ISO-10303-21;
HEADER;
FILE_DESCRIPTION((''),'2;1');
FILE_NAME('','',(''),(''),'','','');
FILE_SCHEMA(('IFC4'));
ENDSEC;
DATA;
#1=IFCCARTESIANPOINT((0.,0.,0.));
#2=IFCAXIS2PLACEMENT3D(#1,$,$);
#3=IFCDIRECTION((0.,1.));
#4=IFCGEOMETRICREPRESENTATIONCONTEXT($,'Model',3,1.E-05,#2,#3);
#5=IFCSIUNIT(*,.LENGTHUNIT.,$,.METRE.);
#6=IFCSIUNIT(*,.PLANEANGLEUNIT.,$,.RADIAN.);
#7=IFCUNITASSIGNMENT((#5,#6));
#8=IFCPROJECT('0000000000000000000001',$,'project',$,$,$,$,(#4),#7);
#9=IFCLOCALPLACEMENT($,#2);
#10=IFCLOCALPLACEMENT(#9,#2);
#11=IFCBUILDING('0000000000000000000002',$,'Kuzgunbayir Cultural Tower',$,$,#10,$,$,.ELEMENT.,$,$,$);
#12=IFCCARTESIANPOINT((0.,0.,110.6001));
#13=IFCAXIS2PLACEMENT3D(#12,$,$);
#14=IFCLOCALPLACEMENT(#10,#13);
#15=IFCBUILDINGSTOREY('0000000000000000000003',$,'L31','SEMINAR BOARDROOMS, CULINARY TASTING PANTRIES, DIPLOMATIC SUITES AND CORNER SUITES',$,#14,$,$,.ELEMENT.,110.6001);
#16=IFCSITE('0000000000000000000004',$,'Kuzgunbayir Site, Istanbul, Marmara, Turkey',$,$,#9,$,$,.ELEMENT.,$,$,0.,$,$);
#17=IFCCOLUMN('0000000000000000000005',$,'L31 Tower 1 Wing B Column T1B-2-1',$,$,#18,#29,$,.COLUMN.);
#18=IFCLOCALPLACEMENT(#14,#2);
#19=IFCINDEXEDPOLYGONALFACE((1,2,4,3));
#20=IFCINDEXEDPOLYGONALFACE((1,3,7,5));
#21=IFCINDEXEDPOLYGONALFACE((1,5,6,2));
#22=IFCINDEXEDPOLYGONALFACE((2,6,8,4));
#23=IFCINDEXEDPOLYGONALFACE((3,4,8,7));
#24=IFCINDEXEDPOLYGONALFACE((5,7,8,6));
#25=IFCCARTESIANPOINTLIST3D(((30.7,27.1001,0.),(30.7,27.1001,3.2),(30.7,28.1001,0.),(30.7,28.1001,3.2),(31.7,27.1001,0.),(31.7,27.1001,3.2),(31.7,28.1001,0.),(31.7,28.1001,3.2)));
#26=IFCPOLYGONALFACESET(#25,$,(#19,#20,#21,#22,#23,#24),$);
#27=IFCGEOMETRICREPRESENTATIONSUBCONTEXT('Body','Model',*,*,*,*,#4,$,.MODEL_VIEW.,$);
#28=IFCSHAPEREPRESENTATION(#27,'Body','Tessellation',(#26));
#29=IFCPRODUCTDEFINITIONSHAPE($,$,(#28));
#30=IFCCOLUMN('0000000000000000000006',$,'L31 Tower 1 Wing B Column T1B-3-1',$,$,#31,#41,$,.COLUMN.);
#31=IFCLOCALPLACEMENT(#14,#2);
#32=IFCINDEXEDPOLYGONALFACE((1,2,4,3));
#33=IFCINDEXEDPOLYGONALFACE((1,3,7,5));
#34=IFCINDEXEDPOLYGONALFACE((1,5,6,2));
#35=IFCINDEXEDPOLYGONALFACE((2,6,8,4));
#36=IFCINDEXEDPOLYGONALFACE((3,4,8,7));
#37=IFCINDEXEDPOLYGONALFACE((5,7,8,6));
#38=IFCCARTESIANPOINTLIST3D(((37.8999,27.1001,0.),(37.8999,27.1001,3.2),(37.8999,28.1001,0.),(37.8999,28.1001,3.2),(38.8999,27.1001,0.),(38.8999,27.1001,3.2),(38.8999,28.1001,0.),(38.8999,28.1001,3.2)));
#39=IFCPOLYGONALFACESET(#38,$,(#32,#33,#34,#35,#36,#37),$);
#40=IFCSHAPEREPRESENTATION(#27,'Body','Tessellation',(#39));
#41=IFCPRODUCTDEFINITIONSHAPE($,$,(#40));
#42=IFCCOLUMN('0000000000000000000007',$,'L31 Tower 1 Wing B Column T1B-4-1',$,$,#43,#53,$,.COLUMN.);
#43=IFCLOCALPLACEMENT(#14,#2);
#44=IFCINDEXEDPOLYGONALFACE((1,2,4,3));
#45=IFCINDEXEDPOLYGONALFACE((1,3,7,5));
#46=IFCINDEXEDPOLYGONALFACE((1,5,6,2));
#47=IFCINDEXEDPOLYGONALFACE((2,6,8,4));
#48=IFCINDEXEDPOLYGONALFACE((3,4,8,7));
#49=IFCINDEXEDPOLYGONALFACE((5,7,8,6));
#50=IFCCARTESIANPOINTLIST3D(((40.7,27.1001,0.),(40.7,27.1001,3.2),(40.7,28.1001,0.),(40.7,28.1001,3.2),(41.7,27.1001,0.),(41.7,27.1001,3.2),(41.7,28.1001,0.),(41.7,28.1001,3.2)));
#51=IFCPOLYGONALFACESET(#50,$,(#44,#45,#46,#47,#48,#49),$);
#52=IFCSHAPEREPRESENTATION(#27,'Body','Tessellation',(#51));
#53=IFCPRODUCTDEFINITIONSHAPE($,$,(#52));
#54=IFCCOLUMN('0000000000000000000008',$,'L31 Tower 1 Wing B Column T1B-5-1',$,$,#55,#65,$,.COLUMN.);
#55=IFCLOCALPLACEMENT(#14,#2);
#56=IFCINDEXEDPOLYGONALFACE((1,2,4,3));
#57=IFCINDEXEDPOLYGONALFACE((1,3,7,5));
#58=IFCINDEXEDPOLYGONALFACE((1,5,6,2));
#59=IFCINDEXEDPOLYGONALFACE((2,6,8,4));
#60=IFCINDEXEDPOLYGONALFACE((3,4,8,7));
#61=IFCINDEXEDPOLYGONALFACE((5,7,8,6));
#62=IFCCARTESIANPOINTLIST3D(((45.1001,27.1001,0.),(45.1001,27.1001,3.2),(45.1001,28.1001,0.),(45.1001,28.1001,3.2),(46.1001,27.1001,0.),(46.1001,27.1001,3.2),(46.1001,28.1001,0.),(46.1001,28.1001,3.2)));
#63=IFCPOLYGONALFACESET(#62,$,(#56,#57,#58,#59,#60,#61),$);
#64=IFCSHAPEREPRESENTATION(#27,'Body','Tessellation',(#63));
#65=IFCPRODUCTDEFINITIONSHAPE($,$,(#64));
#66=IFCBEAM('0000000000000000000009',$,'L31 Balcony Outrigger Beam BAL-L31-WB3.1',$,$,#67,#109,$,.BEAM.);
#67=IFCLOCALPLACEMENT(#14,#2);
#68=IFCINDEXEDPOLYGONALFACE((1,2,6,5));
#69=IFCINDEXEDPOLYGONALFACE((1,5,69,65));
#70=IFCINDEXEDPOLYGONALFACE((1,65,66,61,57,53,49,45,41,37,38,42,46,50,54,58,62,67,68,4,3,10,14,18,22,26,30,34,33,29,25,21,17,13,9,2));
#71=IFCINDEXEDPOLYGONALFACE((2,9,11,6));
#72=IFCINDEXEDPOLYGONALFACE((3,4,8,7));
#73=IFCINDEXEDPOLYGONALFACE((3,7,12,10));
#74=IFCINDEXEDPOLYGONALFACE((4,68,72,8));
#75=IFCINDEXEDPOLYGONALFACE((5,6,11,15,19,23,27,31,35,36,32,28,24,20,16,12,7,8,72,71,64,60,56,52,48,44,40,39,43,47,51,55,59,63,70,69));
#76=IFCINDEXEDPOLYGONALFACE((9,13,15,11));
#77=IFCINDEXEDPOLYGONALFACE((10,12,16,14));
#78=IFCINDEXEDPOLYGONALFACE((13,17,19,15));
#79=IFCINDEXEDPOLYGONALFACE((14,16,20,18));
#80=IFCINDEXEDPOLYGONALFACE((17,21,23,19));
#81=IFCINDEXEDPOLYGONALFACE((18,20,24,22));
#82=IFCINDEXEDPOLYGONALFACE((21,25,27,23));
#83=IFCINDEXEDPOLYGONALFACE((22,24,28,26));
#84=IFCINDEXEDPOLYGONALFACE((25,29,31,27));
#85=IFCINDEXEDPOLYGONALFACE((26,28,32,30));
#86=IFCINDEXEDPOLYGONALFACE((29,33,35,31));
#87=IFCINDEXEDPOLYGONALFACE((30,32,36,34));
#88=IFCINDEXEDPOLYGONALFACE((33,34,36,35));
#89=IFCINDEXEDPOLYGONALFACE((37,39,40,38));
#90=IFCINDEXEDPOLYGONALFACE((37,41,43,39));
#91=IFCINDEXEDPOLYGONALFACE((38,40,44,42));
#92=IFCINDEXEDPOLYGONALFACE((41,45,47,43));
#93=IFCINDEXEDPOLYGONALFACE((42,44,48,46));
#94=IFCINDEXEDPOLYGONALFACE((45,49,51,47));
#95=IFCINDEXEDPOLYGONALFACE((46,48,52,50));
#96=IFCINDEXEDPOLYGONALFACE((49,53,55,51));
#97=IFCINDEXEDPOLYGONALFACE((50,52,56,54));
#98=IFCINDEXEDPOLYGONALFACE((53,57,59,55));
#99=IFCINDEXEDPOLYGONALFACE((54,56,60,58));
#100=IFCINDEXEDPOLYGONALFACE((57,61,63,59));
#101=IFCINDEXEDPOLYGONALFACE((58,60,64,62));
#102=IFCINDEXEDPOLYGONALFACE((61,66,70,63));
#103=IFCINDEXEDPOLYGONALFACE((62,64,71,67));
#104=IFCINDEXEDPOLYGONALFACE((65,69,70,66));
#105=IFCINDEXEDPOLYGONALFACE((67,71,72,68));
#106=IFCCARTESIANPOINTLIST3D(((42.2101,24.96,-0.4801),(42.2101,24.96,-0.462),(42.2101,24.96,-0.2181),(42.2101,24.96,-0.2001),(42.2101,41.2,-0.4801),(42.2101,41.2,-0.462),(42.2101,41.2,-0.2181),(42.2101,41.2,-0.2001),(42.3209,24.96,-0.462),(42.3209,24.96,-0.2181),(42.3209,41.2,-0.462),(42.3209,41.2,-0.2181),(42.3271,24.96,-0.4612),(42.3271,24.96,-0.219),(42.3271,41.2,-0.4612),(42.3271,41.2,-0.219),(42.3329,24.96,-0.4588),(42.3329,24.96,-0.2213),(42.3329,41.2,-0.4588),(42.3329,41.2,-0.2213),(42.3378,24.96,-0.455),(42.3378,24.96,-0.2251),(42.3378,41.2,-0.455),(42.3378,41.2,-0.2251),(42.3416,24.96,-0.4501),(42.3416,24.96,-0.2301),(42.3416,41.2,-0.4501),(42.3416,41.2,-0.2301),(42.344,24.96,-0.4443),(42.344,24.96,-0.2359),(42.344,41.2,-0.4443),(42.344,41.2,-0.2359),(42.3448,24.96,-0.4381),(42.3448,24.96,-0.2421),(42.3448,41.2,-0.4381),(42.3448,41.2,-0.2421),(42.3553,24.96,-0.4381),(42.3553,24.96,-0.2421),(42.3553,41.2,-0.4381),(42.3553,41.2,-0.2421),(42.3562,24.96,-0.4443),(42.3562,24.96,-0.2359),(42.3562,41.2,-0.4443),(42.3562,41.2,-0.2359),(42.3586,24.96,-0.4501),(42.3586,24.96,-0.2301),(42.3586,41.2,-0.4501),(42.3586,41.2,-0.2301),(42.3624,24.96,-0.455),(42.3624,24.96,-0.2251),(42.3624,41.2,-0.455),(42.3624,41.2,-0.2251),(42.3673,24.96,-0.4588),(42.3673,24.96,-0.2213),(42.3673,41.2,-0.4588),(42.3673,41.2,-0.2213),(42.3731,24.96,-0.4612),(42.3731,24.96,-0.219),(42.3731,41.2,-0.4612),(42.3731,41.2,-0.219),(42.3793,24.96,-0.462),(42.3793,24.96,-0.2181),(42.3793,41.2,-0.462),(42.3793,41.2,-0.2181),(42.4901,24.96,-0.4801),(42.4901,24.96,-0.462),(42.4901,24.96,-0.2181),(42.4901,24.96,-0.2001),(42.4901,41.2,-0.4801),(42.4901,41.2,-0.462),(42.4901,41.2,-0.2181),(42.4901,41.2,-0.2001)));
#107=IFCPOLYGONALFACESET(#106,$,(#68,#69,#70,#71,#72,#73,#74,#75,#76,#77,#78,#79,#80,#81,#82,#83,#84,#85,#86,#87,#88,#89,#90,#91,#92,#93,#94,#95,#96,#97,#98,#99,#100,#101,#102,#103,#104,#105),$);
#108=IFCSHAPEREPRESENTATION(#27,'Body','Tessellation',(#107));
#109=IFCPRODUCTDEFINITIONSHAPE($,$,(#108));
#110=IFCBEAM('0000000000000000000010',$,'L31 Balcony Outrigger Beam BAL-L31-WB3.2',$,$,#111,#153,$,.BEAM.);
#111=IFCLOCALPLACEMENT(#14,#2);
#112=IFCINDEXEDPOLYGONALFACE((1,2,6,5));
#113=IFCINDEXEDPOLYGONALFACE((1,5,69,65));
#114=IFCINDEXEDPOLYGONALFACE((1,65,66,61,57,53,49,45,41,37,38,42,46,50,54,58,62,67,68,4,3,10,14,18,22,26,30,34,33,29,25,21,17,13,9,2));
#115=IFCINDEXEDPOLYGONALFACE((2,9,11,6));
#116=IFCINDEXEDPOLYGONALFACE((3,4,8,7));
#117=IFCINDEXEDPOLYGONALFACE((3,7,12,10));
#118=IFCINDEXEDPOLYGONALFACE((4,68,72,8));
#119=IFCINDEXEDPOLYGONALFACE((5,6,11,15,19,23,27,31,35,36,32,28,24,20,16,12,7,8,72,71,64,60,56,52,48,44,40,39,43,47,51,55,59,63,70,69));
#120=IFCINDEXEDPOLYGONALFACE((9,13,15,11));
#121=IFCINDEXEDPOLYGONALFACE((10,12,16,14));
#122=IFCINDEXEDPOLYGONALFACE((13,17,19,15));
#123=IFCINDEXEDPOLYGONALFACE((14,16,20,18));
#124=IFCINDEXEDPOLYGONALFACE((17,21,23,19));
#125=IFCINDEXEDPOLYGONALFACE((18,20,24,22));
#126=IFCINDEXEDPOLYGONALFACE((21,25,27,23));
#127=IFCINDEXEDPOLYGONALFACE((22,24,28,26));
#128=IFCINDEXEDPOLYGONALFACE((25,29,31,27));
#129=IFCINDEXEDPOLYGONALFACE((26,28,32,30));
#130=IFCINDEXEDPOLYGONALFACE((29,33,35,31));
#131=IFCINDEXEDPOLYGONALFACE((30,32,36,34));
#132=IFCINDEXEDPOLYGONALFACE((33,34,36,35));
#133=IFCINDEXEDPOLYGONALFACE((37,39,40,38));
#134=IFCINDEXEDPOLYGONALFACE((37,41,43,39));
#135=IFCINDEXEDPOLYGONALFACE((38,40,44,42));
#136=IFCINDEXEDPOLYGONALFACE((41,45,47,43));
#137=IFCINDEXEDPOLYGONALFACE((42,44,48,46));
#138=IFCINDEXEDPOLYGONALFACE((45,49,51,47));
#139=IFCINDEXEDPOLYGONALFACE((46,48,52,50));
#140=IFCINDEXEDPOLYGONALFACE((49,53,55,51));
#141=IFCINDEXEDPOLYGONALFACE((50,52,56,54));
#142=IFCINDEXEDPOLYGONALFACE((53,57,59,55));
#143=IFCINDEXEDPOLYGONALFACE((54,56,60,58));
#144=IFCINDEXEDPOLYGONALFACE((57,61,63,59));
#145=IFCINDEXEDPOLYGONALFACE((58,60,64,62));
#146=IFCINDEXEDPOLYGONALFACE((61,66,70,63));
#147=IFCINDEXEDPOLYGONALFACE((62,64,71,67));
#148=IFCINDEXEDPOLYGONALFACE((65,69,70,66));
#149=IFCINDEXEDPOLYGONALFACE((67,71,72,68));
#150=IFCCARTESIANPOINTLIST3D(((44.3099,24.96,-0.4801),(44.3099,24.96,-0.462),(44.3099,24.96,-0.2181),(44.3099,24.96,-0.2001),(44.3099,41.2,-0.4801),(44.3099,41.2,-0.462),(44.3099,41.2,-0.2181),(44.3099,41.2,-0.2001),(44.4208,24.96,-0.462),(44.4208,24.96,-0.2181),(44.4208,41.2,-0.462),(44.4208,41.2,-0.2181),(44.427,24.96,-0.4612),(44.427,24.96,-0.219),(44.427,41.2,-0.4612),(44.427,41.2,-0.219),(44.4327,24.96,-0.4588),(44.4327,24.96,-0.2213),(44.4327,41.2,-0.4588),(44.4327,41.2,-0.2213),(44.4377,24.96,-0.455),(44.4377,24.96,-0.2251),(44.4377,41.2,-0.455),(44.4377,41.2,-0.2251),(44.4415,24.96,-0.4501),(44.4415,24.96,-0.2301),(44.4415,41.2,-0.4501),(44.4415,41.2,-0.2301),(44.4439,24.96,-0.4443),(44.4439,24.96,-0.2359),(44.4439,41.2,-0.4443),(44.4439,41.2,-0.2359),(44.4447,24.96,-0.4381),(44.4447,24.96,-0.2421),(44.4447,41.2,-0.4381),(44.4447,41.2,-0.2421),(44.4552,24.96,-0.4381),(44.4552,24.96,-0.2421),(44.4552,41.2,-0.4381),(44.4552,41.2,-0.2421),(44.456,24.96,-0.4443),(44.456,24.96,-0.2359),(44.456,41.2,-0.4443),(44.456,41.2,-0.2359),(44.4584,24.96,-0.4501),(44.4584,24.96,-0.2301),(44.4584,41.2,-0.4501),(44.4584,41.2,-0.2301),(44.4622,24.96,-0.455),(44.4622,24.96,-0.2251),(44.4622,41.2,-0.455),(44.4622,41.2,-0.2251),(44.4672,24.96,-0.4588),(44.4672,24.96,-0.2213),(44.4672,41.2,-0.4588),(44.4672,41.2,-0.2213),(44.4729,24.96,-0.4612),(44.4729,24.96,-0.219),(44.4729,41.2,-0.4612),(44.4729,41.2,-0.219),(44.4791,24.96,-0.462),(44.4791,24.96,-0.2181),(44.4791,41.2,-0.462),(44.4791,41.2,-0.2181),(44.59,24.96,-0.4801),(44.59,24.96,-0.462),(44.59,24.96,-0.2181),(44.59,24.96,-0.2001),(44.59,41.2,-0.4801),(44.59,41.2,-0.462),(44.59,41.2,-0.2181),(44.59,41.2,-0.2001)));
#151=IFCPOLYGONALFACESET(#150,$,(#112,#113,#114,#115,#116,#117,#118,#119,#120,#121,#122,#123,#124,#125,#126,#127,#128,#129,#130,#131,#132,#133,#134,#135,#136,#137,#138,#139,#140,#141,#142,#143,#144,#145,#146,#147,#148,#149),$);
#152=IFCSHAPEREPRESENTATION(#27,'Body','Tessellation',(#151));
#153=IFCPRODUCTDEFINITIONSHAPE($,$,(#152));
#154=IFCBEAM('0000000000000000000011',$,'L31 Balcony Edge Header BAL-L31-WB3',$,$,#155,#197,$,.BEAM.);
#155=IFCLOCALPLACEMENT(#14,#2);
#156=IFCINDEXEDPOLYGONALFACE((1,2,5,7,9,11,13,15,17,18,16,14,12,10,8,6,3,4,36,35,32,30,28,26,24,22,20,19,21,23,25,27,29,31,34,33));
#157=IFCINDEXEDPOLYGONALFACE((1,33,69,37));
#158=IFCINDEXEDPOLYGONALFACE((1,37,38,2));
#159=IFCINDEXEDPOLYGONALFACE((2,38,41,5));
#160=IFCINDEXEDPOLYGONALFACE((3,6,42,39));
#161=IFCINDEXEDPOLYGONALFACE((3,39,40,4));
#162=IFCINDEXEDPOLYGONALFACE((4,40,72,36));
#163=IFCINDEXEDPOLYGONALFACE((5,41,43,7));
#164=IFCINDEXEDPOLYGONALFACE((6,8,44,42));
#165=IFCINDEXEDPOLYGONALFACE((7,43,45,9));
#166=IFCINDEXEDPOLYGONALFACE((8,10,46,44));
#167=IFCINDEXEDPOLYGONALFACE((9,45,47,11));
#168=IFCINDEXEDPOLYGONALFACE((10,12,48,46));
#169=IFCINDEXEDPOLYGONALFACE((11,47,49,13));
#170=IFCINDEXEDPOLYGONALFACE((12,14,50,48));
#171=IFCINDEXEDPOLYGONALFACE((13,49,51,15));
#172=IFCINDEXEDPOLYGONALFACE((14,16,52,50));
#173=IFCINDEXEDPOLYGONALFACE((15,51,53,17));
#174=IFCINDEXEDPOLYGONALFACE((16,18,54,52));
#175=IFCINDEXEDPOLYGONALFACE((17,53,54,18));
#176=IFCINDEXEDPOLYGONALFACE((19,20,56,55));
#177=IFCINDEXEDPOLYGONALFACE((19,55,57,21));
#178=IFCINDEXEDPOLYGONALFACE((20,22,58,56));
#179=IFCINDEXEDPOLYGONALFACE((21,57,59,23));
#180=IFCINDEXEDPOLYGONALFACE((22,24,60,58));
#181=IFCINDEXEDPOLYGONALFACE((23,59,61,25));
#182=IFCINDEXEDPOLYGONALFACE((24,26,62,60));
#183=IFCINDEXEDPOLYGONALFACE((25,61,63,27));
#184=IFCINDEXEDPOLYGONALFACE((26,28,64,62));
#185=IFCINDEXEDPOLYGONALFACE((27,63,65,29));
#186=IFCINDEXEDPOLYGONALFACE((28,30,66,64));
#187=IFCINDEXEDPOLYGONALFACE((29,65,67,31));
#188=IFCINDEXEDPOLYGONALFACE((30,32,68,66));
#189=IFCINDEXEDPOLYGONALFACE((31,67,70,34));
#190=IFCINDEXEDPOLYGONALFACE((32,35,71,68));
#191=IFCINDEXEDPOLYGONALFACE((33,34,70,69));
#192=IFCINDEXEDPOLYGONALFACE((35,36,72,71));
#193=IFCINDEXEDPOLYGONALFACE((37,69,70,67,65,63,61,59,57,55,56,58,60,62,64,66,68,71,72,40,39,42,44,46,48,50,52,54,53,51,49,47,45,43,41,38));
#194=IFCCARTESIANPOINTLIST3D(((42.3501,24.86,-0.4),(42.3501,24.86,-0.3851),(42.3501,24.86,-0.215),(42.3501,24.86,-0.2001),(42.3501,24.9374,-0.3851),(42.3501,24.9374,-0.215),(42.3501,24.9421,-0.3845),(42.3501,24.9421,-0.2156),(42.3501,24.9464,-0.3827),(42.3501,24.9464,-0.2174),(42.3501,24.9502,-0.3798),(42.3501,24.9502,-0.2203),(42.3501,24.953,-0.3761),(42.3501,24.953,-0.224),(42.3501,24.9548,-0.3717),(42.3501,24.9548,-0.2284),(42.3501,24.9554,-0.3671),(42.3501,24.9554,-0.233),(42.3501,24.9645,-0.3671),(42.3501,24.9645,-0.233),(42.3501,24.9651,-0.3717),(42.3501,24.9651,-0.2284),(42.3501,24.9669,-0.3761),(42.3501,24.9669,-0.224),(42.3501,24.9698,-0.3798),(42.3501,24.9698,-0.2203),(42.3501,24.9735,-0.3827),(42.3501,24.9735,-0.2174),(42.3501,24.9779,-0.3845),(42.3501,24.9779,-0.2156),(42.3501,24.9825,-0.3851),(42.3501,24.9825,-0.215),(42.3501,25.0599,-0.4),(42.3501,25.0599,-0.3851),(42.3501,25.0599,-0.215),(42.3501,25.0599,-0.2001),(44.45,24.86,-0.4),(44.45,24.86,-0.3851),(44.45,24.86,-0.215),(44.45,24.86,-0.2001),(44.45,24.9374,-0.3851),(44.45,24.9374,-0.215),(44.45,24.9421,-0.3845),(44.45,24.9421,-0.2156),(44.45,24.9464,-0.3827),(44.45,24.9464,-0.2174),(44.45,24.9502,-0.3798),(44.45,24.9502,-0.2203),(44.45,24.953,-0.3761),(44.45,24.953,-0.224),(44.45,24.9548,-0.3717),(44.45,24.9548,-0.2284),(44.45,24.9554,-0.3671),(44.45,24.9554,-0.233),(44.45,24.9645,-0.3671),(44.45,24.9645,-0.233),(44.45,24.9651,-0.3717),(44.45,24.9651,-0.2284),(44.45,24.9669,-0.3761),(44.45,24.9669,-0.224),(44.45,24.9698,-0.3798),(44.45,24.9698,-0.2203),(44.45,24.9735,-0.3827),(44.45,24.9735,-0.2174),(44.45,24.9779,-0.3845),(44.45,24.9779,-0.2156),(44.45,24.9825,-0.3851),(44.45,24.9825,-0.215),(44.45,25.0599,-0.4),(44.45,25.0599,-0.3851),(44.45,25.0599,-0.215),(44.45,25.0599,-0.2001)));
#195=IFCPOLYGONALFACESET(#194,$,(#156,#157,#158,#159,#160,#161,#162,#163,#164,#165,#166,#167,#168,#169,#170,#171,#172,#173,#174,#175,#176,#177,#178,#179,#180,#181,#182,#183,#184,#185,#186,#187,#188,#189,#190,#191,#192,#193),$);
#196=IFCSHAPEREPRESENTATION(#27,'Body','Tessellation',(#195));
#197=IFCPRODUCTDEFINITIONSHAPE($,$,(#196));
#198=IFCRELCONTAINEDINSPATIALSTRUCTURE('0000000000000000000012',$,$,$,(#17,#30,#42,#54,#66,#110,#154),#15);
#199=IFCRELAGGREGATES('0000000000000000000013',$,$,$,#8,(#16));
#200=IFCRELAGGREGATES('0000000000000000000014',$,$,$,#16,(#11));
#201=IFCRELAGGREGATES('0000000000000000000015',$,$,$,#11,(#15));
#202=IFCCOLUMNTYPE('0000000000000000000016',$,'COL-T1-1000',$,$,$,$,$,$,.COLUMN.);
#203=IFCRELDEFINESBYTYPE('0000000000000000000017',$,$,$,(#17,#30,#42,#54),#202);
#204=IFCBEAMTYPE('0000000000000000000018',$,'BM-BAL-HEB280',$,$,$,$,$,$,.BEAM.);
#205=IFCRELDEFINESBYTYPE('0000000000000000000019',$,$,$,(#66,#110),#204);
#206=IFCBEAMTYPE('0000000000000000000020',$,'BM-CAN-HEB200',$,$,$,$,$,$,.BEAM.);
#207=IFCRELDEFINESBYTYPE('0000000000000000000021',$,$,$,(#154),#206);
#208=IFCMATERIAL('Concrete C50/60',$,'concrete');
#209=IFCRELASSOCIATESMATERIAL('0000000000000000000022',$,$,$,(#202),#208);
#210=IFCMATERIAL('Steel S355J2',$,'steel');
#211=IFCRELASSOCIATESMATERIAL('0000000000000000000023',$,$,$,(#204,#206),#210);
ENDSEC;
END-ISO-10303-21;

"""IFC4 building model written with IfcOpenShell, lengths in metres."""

from ifc_helpers import new_model, si_unit, direction, frame, origin, origin_2d, place, context, subcontext, project, spatial, rectangle, i_section, extrude, material, material_profile, profile_set, type_object, element, save


model = new_model("IFC4")

# Units and contexts
model_context = context("Model", 3, precision=1e-05, world=origin(), true_north=direction((0.0, 1.0)))
body_context = subcontext(model_context, "Body", "Model", "MODEL_VIEW")
ifc_project = project(units=[si_unit("LENGTHUNIT", "METRE"), si_unit("PLANEANGLEUNIT", "RADIAN")], contexts=[model_context])

# Site, building, storey
site_placement = place(None, origin())
site = spatial("IfcSite", under=ifc_project, at=site_placement, Name="Kuzgunbayir Site, Istanbul, Marmara, Turkey", CompositionType="ELEMENT", RefElevation=0.0)
building_placement = place(site_placement, origin())
building = spatial("IfcBuilding", under=site, at=building_placement, Name="Kuzgunbayir Cultural Tower", CompositionType="ELEMENT")
storey_placement = place(building_placement, frame((0.0, 0.0, 110.6001)))
storey = spatial("IfcBuildingStorey", under=building, at=storey_placement, Name="L31", Description="SEMINAR BOARDROOMS, CULINARY TASTING PANTRIES, DIPLOMATIC SUITES AND CORNER SUITES", CompositionType="ELEMENT", Elevation=110.6001)

# Columns
ifc_material_1 = material(Name="Concrete C50/60", Category="concrete")
ifc_material_profile_1 = material_profile(ifc_material_1, rectangle(XDim=1.0, YDim=1.0, at=origin_2d()), Name="RC 1000x1000")
ifc_profile_set_1 = profile_set([ifc_material_profile_1], Name="Concrete C50/60")
column_type = type_object("IfcColumnType", Name="COL-T1-1000", PredefinedType="COLUMN", material=ifc_profile_set_1)
for number, where, z_axis, x_axis, name in (
    (1, (31.2, 27.6001, 0.0), (0.0, 0.0, 1.0), (1.0, 0.0, 0.0), "L31 Tower 1 Wing B Column T1B-2-1"),
    (2, (38.3999, 27.6001, 0.0), (0.0, 0.0, 1.0), (1.0, 0.0, 0.0), "L31 Tower 1 Wing B Column T1B-3-1"),
    (3, (41.2, 27.6001, 0.0), (0.0, 0.0, 1.0), (1.0, 0.0, 0.0), "L31 Tower 1 Wing B Column T1B-4-1"),
    (4, (45.6001, 27.6001, 0.0), (0.0, 0.0, 1.0), (1.0, 0.0, 0.0), "L31 Tower 1 Wing B Column T1B-5-1"),
):
    element("IfcColumn", number, at=place(storey_placement, frame(where, z_axis=z_axis, x_axis=x_axis)), inside=storey, type_object=column_type, Name=name, PredefinedType="COLUMN", context=body_context, shape_type="SweptSolid", body=[
        extrude(rectangle(XDim=1.0, YDim=1.0, at=origin_2d()), origin(), (0.0, 0.0, 1.0), 3.2),
    ])

# Beams
ifc_material_2 = material(Name="Steel S355J2", Category="steel")
ifc_material_profile_2 = material_profile(ifc_material_2, i_section(OverallWidth=0.28, OverallDepth=0.28, WebThickness=0.0105, FlangeThickness=0.0181, FilletRadius=0.0239, at=origin_2d()), Name="HEB 280")
ifc_profile_set_2 = profile_set([ifc_material_profile_2], Name="Steel S355J2")
beam_type_1 = type_object("IfcBeamType", Name="BM-BAL-HEB280", PredefinedType="BEAM", material=ifc_profile_set_2)
for number, where, z_axis, x_axis, name in (
    (5, (42.3501, 24.96, -0.3401), (0.0, 1.0, 0.0), (-1.0, 0.0, 0.0), "L31 Balcony Outrigger Beam BAL-L31-WB3.1"),
    (6, (44.45, 24.96, -0.3401), (0.0, 1.0, 0.0), (-1.0, 0.0, 0.0), "L31 Balcony Outrigger Beam BAL-L31-WB3.2"),
):
    element("IfcBeam", number, at=place(storey_placement, frame(where, z_axis=z_axis, x_axis=x_axis)), inside=storey, type_object=beam_type_1, Name=name, PredefinedType="BEAM", context=body_context, shape_type="SweptSolid", body=[
        extrude(i_section(OverallWidth=0.28, OverallDepth=0.28, WebThickness=0.0105, FlangeThickness=0.0181, FilletRadius=0.0239, at=origin_2d()), origin(), (0.0, 0.0, 1.0), 16.24),
    ])
ifc_material_profile_3 = material_profile(ifc_material_2, i_section(OverallWidth=0.2, OverallDepth=0.2, WebThickness=0.009, FlangeThickness=0.0149, FilletRadius=0.0181, at=origin_2d()), Name="HEB 200")
ifc_profile_set_3 = profile_set([ifc_material_profile_3], Name="Steel S355J2")
beam_type_2 = type_object("IfcBeamType", Name="BM-CAN-HEB200", PredefinedType="BEAM", material=ifc_profile_set_3)
beam_1_placement = place(storey_placement, frame((42.3501, 24.96, -0.3), z_axis=(1.0, 0.0, 0.0), x_axis=(0.0, 1.0, 0.0)))
element("IfcBeam", 7, at=beam_1_placement, inside=storey, type_object=beam_type_2, Name="L31 Balcony Edge Header BAL-L31-WB3", PredefinedType="BEAM", context=body_context, shape_type="SweptSolid", body=[
    extrude(i_section(OverallWidth=0.2, OverallDepth=0.2, WebThickness=0.009, FlangeThickness=0.0149, FilletRadius=0.0181, at=origin_2d()), origin(), (0.0, 0.0, 1.0), 2.0999),
])

save(model, "model.ifc")
